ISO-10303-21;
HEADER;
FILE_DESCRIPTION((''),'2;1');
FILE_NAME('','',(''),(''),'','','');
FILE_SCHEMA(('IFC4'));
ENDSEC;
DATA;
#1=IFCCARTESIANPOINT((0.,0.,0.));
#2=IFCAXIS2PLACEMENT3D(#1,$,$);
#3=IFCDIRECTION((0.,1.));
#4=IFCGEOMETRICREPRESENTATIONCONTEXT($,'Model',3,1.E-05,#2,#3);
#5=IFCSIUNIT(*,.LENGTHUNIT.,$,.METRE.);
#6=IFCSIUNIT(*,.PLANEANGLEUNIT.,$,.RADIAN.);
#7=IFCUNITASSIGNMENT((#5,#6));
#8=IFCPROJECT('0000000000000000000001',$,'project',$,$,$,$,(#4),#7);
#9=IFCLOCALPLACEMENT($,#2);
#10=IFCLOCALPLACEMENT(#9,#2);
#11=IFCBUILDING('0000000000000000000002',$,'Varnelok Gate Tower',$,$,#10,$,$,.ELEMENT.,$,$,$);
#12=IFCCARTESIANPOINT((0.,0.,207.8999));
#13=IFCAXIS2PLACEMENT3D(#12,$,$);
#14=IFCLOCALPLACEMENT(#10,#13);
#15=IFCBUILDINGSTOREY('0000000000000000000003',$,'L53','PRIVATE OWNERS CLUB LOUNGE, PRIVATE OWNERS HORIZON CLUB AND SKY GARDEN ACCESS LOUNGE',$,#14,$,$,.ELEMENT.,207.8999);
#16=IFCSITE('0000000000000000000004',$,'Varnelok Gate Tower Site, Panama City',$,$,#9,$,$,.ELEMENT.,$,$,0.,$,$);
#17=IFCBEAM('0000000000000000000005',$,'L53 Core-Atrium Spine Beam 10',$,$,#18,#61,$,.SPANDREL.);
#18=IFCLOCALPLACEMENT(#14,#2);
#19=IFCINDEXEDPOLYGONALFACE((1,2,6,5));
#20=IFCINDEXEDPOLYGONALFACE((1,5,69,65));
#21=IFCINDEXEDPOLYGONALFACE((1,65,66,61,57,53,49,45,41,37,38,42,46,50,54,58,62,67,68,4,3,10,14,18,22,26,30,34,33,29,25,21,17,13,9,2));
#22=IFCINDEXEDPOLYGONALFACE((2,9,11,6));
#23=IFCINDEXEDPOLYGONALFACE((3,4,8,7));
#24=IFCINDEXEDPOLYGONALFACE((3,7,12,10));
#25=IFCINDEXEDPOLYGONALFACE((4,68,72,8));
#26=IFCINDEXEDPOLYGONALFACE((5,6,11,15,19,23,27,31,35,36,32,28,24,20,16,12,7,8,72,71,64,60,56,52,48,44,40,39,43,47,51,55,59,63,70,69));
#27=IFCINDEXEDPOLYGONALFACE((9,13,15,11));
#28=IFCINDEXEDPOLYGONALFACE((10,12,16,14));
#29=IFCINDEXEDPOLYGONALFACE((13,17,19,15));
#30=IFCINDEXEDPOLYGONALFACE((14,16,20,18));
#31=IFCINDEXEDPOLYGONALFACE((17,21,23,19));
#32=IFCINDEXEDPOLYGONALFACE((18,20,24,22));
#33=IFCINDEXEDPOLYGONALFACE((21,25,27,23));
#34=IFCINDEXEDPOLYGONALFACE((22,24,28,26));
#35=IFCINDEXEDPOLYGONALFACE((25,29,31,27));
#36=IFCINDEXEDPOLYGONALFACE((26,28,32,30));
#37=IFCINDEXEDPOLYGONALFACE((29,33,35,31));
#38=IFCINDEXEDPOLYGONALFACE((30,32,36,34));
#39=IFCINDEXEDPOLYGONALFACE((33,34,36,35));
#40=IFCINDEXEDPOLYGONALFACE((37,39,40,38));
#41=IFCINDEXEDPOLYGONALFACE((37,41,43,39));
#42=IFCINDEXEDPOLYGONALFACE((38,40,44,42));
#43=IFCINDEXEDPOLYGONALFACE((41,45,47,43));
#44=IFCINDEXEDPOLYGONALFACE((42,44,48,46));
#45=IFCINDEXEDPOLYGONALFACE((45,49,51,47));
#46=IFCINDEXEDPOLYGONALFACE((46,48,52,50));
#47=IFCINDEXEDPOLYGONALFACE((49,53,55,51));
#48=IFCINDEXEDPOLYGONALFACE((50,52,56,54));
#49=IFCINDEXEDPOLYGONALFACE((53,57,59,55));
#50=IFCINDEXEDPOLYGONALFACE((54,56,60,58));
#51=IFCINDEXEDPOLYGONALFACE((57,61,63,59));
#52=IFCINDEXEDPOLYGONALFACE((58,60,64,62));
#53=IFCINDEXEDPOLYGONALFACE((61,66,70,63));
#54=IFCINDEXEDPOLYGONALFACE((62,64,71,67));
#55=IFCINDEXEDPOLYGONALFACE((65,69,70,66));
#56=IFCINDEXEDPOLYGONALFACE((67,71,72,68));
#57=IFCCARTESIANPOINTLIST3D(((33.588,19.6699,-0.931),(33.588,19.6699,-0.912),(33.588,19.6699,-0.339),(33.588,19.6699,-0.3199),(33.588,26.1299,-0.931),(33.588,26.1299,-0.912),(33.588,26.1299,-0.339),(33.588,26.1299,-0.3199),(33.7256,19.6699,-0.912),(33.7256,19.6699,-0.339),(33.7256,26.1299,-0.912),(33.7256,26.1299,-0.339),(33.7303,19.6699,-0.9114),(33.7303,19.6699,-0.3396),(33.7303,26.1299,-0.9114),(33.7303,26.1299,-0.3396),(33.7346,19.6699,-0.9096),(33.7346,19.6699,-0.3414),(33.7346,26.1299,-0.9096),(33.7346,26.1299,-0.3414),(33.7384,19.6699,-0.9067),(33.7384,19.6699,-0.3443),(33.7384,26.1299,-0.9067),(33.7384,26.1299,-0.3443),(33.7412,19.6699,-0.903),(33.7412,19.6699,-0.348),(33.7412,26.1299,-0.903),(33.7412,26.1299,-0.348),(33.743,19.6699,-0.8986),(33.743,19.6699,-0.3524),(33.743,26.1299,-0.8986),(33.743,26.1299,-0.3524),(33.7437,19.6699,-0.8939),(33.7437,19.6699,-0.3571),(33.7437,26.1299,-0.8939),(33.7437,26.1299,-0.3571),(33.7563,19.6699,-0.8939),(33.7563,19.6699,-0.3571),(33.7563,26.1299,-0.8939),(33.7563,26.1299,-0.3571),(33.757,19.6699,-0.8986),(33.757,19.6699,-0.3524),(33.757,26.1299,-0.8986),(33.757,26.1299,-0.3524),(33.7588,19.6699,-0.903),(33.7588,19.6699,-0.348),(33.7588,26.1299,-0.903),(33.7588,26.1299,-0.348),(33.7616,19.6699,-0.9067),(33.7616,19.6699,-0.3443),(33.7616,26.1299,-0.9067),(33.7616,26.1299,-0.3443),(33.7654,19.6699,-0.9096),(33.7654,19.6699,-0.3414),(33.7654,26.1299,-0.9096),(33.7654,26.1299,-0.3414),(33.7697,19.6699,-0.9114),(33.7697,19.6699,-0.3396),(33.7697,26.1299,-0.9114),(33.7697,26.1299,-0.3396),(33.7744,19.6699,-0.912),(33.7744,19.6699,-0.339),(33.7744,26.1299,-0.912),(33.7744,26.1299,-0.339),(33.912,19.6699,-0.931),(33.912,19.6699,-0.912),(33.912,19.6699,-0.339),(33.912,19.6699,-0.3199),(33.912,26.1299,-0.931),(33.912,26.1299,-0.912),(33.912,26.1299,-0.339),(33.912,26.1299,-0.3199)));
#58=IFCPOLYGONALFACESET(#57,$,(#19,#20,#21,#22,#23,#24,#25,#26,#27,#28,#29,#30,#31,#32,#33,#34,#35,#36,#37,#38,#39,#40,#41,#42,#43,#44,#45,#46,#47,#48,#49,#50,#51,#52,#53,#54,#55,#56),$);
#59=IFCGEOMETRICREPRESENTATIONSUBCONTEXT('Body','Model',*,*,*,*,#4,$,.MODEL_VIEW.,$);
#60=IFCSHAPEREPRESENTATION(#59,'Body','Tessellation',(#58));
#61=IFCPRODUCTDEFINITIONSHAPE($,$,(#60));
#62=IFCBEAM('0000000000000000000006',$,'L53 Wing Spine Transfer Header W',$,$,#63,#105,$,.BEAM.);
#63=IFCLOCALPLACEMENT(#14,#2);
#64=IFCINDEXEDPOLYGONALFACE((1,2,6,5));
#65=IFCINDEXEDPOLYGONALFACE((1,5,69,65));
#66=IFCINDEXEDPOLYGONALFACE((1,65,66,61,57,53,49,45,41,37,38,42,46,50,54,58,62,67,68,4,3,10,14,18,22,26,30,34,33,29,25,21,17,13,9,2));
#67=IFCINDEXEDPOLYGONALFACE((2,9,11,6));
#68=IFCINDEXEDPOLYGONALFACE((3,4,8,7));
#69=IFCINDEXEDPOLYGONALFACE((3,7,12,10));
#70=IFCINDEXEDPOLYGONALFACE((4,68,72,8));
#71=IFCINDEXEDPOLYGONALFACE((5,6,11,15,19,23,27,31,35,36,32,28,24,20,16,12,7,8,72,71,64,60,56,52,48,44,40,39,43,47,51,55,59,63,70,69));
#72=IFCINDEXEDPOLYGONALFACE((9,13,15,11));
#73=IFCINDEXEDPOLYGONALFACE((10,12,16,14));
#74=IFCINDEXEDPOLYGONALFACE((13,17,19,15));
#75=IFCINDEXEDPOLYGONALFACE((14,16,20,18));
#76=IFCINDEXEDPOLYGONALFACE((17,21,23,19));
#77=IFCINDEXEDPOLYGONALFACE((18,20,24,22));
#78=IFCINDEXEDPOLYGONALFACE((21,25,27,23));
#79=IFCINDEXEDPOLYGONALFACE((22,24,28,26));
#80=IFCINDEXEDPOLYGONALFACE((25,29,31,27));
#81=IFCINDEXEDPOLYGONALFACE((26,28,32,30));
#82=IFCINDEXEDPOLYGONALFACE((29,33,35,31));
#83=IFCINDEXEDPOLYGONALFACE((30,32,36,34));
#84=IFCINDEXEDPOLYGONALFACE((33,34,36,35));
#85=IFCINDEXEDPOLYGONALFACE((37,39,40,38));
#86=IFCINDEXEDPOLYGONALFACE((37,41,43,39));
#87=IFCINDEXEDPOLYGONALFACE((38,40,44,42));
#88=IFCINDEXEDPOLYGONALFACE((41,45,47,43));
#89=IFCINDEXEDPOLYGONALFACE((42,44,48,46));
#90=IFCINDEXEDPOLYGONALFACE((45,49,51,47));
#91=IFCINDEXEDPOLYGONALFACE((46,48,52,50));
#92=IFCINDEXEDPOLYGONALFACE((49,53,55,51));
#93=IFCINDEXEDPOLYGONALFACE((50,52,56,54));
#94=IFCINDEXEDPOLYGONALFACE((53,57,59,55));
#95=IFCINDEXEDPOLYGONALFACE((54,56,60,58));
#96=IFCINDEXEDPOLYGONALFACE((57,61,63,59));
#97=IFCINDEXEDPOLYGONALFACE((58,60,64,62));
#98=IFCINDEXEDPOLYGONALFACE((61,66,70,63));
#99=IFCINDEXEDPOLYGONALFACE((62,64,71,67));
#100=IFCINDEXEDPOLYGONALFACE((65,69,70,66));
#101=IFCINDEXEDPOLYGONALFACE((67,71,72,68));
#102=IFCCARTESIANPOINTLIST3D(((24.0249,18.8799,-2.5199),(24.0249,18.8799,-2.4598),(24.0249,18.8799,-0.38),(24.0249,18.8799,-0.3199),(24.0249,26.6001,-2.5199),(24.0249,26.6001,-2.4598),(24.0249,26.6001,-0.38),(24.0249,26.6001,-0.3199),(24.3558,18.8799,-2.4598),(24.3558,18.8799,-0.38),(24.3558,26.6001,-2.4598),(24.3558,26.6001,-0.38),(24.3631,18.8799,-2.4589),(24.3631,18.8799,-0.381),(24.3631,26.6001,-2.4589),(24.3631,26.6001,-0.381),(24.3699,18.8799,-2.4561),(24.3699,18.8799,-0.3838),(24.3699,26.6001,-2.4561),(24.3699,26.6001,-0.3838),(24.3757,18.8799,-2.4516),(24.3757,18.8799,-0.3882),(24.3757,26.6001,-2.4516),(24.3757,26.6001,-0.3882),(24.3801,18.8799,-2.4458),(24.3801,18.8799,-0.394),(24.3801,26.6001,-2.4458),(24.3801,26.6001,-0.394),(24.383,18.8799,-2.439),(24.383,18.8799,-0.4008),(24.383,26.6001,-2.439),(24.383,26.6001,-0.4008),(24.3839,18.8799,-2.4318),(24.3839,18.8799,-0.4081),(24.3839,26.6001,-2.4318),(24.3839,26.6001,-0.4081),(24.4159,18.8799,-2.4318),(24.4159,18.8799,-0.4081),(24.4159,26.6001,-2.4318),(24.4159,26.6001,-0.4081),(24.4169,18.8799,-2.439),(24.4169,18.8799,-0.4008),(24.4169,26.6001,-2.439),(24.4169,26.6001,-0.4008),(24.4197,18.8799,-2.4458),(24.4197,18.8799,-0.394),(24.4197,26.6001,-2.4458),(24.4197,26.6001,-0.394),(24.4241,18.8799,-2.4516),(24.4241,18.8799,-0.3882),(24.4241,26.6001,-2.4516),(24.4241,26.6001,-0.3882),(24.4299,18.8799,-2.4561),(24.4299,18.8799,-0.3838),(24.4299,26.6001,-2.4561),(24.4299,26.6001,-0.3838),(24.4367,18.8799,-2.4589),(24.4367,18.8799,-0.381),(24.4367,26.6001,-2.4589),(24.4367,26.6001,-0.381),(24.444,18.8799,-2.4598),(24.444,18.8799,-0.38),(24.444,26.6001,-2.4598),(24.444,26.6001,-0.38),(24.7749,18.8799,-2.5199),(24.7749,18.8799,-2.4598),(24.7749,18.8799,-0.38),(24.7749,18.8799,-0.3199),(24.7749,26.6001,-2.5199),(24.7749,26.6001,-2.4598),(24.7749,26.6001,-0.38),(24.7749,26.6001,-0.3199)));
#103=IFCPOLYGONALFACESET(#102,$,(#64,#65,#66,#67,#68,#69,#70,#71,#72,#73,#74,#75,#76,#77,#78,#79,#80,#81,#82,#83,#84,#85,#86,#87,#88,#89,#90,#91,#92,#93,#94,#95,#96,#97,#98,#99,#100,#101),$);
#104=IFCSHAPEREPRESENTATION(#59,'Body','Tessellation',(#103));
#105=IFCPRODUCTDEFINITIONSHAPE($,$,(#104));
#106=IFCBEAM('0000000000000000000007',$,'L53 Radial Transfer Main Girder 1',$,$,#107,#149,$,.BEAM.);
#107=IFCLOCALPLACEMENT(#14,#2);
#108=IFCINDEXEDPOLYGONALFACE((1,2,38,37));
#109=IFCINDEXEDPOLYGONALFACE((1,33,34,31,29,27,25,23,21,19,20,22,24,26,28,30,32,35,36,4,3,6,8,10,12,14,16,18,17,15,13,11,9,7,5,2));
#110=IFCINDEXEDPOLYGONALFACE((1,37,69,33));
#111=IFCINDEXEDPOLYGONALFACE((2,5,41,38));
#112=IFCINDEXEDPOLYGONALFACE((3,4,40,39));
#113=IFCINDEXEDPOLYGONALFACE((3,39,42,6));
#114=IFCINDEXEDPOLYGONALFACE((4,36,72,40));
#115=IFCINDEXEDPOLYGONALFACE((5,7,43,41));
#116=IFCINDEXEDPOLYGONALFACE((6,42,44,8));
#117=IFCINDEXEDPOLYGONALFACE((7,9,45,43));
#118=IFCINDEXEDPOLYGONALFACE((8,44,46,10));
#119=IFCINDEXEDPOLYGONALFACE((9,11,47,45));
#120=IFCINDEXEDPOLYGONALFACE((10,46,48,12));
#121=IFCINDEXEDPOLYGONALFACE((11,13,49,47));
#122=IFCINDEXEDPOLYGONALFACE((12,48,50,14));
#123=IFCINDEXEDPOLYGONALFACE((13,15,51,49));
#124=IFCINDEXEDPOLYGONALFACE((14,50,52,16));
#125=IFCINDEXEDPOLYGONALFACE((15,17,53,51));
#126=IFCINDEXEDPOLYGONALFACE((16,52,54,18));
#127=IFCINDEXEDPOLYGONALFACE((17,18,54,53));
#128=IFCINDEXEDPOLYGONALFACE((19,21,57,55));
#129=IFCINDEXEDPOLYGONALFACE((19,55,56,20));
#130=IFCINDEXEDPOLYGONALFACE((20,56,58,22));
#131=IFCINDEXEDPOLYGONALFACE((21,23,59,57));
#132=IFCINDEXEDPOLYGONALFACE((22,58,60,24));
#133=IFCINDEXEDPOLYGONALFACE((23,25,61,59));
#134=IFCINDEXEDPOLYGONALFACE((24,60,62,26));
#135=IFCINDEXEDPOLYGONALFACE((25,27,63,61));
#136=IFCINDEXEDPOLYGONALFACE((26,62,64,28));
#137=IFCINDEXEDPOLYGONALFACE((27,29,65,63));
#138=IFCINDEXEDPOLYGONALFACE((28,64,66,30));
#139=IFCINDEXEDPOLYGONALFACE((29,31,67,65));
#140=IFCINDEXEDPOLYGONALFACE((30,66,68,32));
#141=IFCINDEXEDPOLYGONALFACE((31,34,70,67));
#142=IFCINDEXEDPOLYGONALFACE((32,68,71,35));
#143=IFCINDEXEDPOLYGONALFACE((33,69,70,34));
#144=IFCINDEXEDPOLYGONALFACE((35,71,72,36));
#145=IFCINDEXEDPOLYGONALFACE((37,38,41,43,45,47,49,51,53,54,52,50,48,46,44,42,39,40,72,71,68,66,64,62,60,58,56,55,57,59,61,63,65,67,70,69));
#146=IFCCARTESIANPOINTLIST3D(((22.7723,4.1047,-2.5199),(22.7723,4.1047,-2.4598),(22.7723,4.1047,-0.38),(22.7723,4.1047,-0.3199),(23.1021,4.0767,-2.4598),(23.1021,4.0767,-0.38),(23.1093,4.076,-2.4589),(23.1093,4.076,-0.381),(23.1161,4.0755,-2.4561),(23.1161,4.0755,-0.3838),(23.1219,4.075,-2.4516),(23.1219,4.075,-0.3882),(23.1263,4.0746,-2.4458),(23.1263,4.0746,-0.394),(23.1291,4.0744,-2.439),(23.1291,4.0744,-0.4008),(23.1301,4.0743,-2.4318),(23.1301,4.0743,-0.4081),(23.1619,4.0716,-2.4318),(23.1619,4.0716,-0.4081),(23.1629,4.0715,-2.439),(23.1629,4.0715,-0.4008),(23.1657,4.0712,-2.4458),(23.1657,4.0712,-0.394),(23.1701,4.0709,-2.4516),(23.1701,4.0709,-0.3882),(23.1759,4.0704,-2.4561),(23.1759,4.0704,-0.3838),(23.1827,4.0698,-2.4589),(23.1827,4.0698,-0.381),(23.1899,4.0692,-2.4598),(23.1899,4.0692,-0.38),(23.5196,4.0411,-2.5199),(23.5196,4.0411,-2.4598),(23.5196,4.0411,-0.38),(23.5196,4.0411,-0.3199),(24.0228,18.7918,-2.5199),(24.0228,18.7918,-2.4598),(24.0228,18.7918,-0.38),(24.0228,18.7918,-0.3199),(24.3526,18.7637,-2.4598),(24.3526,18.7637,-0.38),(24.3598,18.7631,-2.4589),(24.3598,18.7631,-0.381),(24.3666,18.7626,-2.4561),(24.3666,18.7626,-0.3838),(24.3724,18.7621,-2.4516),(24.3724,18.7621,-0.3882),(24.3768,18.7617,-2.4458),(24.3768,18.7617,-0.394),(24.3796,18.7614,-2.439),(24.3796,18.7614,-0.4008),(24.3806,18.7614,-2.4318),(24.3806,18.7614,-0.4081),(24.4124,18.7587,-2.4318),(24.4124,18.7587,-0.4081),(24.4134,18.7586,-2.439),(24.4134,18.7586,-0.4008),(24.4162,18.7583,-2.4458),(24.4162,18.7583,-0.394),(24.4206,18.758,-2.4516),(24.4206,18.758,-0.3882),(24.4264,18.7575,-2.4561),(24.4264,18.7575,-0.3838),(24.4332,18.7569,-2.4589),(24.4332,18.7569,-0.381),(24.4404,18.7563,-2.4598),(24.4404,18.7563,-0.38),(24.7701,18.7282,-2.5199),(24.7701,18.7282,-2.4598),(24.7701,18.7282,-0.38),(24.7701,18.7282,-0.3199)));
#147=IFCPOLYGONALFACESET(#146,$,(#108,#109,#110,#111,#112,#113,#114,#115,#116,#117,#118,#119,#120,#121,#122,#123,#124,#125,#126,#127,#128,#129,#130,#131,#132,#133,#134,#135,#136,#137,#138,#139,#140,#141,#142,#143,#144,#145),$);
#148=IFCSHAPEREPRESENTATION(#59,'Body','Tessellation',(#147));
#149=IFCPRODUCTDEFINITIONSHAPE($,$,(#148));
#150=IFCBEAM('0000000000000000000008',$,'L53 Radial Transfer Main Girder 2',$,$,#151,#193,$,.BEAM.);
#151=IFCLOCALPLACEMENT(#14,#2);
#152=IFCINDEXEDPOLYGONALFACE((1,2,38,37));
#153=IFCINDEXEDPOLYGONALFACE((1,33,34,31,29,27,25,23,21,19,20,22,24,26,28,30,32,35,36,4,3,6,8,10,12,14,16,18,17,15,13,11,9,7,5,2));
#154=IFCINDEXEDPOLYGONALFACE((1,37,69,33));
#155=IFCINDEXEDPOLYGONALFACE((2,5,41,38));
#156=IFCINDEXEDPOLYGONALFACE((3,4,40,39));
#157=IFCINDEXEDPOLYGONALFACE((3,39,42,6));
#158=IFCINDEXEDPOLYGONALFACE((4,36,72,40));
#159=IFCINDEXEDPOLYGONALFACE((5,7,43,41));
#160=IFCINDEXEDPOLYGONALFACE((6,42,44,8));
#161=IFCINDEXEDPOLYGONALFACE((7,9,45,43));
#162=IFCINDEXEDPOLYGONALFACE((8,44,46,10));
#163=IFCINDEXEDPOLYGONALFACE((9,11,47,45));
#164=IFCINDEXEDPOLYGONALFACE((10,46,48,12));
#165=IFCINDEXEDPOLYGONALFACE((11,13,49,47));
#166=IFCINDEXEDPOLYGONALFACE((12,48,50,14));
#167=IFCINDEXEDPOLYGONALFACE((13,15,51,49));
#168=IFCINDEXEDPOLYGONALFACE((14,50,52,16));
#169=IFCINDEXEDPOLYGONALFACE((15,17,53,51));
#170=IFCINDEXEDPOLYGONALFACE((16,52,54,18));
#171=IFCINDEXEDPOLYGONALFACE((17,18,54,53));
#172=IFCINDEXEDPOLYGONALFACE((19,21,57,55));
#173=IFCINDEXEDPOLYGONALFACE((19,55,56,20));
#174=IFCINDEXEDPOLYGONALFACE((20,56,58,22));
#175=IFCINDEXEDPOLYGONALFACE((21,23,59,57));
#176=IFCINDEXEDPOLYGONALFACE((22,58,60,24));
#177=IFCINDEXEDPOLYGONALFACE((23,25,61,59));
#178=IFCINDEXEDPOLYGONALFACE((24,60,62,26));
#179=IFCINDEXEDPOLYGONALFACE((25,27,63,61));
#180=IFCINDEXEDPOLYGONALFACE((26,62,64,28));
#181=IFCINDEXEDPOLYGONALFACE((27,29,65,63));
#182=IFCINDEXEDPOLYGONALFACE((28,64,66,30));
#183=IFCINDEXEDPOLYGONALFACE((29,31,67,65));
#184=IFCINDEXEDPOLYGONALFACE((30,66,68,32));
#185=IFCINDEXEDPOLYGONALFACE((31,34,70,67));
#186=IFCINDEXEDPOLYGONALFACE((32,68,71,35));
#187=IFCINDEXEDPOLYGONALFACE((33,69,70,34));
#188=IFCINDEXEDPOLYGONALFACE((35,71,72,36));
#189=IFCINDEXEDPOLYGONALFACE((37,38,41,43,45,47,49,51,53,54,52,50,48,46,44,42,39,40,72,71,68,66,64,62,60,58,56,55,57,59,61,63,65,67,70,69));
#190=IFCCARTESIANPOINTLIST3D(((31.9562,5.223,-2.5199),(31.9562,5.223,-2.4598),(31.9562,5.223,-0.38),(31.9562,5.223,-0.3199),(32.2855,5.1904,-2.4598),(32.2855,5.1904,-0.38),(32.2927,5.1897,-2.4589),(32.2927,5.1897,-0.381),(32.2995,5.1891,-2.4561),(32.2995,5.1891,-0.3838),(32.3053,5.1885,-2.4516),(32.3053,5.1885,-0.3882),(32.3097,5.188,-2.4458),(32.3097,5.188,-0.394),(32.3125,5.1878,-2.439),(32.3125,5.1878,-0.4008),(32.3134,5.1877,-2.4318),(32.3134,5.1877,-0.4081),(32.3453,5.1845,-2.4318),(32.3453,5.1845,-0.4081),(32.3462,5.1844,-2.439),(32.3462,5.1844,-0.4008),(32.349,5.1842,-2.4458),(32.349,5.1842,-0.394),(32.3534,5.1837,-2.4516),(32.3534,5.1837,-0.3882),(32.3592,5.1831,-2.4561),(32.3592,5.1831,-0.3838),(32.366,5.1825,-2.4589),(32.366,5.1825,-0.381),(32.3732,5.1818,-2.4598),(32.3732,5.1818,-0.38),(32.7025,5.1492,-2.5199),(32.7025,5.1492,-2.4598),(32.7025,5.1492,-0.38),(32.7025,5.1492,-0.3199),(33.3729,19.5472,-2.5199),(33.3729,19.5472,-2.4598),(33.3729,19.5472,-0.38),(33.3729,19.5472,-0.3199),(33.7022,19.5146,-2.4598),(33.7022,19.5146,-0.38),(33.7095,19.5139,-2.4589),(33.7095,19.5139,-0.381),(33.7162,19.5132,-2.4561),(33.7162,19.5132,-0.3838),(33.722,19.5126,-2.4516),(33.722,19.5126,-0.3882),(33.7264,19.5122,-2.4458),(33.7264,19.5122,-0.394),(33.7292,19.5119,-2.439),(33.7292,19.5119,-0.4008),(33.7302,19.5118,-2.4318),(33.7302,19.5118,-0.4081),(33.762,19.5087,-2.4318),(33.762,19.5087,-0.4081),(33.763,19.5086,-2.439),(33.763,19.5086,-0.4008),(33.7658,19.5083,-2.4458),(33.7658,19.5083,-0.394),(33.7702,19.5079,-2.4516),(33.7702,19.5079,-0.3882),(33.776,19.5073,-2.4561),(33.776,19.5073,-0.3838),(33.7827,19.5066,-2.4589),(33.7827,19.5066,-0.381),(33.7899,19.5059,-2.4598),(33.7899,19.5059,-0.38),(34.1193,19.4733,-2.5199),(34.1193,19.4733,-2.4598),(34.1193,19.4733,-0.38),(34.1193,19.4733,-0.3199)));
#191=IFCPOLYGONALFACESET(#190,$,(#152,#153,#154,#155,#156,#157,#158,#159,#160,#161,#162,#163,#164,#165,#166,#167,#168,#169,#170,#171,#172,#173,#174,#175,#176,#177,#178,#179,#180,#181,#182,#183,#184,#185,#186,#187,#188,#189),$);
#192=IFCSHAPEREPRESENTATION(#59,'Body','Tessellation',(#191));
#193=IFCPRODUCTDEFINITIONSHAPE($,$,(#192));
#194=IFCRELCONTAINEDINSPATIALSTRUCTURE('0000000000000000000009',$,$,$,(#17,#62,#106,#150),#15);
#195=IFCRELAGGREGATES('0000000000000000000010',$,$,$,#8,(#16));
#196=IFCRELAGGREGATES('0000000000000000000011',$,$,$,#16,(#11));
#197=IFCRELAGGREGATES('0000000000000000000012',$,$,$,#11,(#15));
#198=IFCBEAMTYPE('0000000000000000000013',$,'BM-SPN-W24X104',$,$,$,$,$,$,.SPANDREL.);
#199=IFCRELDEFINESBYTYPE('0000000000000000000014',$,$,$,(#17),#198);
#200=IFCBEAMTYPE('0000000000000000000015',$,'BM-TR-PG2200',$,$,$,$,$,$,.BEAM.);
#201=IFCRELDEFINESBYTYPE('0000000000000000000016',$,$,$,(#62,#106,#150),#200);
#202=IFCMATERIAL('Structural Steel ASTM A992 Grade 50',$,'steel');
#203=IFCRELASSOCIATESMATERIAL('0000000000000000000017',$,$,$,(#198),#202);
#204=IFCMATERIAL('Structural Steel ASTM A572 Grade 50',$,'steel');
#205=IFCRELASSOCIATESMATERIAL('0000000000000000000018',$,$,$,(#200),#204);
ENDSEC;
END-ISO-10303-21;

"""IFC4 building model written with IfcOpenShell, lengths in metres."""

from ifc_helpers import new_model, si_unit, direction, frame, origin, origin_2d, place, context, subcontext, project, spatial, i_section, extrude, material, material_profile, profile_set, type_object, element, save


model = new_model("IFC4")

# Units and contexts
model_context = context("Model", 3, precision=1e-05, world=origin(), true_north=direction((0.0, 1.0)))
body_context = subcontext(model_context, "Body", "Model", "MODEL_VIEW")
ifc_project = project(units=[si_unit("LENGTHUNIT", "METRE"), si_unit("PLANEANGLEUNIT", "RADIAN")], contexts=[model_context])

# Site, building, storey
site_placement = place(None, origin())
site = spatial("IfcSite", under=ifc_project, at=site_placement, Name="Varnelok Gate Tower Site, Panama City", CompositionType="ELEMENT", RefElevation=0.0)
building_placement = place(site_placement, origin())
building = spatial("IfcBuilding", under=site, at=building_placement, Name="Varnelok Gate Tower", CompositionType="ELEMENT")
storey_placement = place(building_placement, frame((0.0, 0.0, 207.8999)))
storey = spatial("IfcBuildingStorey", under=building, at=storey_placement, Name="L53", Description="PRIVATE OWNERS CLUB LOUNGE, PRIVATE OWNERS HORIZON CLUB AND SKY GARDEN ACCESS LOUNGE", CompositionType="ELEMENT", Elevation=207.8999)

# Shared definitions
ifc_material_1 = material(Name="Structural Steel ASTM A992 Grade 50", Category="steel")

# Beams
ifc_material_profile_1 = material_profile(ifc_material_1, i_section(OverallWidth=0.324, OverallDepth=0.6111, WebThickness=0.0127, FlangeThickness=0.019, FilletRadius=0.0181, at=origin_2d()), Name="W24X104")
ifc_profile_set_1 = profile_set([ifc_material_profile_1], Name="Structural Steel ASTM A992 Grade 50")
beam_type_1 = type_object("IfcBeamType", Name="BM-SPN-W24X104", PredefinedType="SPANDREL", material=ifc_profile_set_1)
beam_1_placement = place(storey_placement, frame((33.75, 19.6699, -0.6255), z_axis=(0.0, 1.0, 0.0), x_axis=(-1.0, 0.0, 0.0)))
element("IfcBeam", 1, at=beam_1_placement, inside=storey, type_object=beam_type_1, Name="L53 Core-Atrium Spine Beam 10", PredefinedType="SPANDREL", context=body_context, shape_type="SweptSolid", body=[
    extrude(i_section(OverallWidth=0.324, OverallDepth=0.6111, WebThickness=0.0127, FlangeThickness=0.019, FilletRadius=0.0181, at=origin_2d()), origin(), (0.0, 0.0, 1.0), 6.46),
])
ifc_material_2 = material(Name="Structural Steel ASTM A572 Grade 50", Category="steel")
ifc_material_profile_2 = material_profile(ifc_material_2, i_section(OverallWidth=0.75, OverallDepth=2.2, WebThickness=0.032, FlangeThickness=0.0601, FilletRadius=0.0281, at=origin_2d()), Name="PG2200X750")
ifc_profile_set_2 = profile_set([ifc_material_profile_2], Name="Structural Steel ASTM A572 Grade 50")
beam_type_2 = type_object("IfcBeamType", Name="BM-TR-PG2200", PredefinedType="BEAM", material=ifc_profile_set_2)
beam_2_placement = place(storey_placement, frame((24.3999, 18.8799, -1.4199), z_axis=(0.0, 1.0, 0.0), x_axis=(-1.0, 0.0, 0.0)))
element("IfcBeam", 2, at=beam_2_placement, inside=storey, type_object=beam_type_2, Name="L53 Wing Spine Transfer Header W", PredefinedType="BEAM", context=body_context, shape_type="SweptSolid", body=[
    extrude(i_section(OverallWidth=0.75, OverallDepth=2.2, WebThickness=0.032, FlangeThickness=0.0601, FilletRadius=0.0281, at=origin_2d()), origin(), (0.0, 0.0, 1.0), 7.7202),
])
beam_3_placement = place(storey_placement, frame((24.3965, 18.76, -1.4199), z_axis=(-0.084836, -0.996395, 0.0), x_axis=(0.996395, -0.084836, 0.0)))
element("IfcBeam", 3, at=beam_3_placement, inside=storey, type_object=beam_type_2, Name="L53 Radial Transfer Main Girder 1", PredefinedType="BEAM", context=body_context, shape_type="SweptSolid", body=[
    extrude(i_section(OverallWidth=0.75, OverallDepth=2.2, WebThickness=0.032, FlangeThickness=0.0601, FilletRadius=0.0281, at=origin_2d()), origin(), (0.0, 0.0, 1.0), 14.7402),
])
beam_4_placement = place(storey_placement, frame((33.7461, 19.5103, -1.4199), z_axis=(-0.098426, -0.995144, 0.0), x_axis=(0.995144, -0.098426, 0.0)))
element("IfcBeam", 4, at=beam_4_placement, inside=storey, type_object=beam_type_2, Name="L53 Radial Transfer Main Girder 2", PredefinedType="BEAM", context=body_context, shape_type="SweptSolid", body=[
    extrude(i_section(OverallWidth=0.75, OverallDepth=2.2, WebThickness=0.032, FlangeThickness=0.0601, FilletRadius=0.0281, at=origin_2d()), origin(), (0.0, 0.0, 1.0), 14.394),
])

save(model, "model.ifc")
